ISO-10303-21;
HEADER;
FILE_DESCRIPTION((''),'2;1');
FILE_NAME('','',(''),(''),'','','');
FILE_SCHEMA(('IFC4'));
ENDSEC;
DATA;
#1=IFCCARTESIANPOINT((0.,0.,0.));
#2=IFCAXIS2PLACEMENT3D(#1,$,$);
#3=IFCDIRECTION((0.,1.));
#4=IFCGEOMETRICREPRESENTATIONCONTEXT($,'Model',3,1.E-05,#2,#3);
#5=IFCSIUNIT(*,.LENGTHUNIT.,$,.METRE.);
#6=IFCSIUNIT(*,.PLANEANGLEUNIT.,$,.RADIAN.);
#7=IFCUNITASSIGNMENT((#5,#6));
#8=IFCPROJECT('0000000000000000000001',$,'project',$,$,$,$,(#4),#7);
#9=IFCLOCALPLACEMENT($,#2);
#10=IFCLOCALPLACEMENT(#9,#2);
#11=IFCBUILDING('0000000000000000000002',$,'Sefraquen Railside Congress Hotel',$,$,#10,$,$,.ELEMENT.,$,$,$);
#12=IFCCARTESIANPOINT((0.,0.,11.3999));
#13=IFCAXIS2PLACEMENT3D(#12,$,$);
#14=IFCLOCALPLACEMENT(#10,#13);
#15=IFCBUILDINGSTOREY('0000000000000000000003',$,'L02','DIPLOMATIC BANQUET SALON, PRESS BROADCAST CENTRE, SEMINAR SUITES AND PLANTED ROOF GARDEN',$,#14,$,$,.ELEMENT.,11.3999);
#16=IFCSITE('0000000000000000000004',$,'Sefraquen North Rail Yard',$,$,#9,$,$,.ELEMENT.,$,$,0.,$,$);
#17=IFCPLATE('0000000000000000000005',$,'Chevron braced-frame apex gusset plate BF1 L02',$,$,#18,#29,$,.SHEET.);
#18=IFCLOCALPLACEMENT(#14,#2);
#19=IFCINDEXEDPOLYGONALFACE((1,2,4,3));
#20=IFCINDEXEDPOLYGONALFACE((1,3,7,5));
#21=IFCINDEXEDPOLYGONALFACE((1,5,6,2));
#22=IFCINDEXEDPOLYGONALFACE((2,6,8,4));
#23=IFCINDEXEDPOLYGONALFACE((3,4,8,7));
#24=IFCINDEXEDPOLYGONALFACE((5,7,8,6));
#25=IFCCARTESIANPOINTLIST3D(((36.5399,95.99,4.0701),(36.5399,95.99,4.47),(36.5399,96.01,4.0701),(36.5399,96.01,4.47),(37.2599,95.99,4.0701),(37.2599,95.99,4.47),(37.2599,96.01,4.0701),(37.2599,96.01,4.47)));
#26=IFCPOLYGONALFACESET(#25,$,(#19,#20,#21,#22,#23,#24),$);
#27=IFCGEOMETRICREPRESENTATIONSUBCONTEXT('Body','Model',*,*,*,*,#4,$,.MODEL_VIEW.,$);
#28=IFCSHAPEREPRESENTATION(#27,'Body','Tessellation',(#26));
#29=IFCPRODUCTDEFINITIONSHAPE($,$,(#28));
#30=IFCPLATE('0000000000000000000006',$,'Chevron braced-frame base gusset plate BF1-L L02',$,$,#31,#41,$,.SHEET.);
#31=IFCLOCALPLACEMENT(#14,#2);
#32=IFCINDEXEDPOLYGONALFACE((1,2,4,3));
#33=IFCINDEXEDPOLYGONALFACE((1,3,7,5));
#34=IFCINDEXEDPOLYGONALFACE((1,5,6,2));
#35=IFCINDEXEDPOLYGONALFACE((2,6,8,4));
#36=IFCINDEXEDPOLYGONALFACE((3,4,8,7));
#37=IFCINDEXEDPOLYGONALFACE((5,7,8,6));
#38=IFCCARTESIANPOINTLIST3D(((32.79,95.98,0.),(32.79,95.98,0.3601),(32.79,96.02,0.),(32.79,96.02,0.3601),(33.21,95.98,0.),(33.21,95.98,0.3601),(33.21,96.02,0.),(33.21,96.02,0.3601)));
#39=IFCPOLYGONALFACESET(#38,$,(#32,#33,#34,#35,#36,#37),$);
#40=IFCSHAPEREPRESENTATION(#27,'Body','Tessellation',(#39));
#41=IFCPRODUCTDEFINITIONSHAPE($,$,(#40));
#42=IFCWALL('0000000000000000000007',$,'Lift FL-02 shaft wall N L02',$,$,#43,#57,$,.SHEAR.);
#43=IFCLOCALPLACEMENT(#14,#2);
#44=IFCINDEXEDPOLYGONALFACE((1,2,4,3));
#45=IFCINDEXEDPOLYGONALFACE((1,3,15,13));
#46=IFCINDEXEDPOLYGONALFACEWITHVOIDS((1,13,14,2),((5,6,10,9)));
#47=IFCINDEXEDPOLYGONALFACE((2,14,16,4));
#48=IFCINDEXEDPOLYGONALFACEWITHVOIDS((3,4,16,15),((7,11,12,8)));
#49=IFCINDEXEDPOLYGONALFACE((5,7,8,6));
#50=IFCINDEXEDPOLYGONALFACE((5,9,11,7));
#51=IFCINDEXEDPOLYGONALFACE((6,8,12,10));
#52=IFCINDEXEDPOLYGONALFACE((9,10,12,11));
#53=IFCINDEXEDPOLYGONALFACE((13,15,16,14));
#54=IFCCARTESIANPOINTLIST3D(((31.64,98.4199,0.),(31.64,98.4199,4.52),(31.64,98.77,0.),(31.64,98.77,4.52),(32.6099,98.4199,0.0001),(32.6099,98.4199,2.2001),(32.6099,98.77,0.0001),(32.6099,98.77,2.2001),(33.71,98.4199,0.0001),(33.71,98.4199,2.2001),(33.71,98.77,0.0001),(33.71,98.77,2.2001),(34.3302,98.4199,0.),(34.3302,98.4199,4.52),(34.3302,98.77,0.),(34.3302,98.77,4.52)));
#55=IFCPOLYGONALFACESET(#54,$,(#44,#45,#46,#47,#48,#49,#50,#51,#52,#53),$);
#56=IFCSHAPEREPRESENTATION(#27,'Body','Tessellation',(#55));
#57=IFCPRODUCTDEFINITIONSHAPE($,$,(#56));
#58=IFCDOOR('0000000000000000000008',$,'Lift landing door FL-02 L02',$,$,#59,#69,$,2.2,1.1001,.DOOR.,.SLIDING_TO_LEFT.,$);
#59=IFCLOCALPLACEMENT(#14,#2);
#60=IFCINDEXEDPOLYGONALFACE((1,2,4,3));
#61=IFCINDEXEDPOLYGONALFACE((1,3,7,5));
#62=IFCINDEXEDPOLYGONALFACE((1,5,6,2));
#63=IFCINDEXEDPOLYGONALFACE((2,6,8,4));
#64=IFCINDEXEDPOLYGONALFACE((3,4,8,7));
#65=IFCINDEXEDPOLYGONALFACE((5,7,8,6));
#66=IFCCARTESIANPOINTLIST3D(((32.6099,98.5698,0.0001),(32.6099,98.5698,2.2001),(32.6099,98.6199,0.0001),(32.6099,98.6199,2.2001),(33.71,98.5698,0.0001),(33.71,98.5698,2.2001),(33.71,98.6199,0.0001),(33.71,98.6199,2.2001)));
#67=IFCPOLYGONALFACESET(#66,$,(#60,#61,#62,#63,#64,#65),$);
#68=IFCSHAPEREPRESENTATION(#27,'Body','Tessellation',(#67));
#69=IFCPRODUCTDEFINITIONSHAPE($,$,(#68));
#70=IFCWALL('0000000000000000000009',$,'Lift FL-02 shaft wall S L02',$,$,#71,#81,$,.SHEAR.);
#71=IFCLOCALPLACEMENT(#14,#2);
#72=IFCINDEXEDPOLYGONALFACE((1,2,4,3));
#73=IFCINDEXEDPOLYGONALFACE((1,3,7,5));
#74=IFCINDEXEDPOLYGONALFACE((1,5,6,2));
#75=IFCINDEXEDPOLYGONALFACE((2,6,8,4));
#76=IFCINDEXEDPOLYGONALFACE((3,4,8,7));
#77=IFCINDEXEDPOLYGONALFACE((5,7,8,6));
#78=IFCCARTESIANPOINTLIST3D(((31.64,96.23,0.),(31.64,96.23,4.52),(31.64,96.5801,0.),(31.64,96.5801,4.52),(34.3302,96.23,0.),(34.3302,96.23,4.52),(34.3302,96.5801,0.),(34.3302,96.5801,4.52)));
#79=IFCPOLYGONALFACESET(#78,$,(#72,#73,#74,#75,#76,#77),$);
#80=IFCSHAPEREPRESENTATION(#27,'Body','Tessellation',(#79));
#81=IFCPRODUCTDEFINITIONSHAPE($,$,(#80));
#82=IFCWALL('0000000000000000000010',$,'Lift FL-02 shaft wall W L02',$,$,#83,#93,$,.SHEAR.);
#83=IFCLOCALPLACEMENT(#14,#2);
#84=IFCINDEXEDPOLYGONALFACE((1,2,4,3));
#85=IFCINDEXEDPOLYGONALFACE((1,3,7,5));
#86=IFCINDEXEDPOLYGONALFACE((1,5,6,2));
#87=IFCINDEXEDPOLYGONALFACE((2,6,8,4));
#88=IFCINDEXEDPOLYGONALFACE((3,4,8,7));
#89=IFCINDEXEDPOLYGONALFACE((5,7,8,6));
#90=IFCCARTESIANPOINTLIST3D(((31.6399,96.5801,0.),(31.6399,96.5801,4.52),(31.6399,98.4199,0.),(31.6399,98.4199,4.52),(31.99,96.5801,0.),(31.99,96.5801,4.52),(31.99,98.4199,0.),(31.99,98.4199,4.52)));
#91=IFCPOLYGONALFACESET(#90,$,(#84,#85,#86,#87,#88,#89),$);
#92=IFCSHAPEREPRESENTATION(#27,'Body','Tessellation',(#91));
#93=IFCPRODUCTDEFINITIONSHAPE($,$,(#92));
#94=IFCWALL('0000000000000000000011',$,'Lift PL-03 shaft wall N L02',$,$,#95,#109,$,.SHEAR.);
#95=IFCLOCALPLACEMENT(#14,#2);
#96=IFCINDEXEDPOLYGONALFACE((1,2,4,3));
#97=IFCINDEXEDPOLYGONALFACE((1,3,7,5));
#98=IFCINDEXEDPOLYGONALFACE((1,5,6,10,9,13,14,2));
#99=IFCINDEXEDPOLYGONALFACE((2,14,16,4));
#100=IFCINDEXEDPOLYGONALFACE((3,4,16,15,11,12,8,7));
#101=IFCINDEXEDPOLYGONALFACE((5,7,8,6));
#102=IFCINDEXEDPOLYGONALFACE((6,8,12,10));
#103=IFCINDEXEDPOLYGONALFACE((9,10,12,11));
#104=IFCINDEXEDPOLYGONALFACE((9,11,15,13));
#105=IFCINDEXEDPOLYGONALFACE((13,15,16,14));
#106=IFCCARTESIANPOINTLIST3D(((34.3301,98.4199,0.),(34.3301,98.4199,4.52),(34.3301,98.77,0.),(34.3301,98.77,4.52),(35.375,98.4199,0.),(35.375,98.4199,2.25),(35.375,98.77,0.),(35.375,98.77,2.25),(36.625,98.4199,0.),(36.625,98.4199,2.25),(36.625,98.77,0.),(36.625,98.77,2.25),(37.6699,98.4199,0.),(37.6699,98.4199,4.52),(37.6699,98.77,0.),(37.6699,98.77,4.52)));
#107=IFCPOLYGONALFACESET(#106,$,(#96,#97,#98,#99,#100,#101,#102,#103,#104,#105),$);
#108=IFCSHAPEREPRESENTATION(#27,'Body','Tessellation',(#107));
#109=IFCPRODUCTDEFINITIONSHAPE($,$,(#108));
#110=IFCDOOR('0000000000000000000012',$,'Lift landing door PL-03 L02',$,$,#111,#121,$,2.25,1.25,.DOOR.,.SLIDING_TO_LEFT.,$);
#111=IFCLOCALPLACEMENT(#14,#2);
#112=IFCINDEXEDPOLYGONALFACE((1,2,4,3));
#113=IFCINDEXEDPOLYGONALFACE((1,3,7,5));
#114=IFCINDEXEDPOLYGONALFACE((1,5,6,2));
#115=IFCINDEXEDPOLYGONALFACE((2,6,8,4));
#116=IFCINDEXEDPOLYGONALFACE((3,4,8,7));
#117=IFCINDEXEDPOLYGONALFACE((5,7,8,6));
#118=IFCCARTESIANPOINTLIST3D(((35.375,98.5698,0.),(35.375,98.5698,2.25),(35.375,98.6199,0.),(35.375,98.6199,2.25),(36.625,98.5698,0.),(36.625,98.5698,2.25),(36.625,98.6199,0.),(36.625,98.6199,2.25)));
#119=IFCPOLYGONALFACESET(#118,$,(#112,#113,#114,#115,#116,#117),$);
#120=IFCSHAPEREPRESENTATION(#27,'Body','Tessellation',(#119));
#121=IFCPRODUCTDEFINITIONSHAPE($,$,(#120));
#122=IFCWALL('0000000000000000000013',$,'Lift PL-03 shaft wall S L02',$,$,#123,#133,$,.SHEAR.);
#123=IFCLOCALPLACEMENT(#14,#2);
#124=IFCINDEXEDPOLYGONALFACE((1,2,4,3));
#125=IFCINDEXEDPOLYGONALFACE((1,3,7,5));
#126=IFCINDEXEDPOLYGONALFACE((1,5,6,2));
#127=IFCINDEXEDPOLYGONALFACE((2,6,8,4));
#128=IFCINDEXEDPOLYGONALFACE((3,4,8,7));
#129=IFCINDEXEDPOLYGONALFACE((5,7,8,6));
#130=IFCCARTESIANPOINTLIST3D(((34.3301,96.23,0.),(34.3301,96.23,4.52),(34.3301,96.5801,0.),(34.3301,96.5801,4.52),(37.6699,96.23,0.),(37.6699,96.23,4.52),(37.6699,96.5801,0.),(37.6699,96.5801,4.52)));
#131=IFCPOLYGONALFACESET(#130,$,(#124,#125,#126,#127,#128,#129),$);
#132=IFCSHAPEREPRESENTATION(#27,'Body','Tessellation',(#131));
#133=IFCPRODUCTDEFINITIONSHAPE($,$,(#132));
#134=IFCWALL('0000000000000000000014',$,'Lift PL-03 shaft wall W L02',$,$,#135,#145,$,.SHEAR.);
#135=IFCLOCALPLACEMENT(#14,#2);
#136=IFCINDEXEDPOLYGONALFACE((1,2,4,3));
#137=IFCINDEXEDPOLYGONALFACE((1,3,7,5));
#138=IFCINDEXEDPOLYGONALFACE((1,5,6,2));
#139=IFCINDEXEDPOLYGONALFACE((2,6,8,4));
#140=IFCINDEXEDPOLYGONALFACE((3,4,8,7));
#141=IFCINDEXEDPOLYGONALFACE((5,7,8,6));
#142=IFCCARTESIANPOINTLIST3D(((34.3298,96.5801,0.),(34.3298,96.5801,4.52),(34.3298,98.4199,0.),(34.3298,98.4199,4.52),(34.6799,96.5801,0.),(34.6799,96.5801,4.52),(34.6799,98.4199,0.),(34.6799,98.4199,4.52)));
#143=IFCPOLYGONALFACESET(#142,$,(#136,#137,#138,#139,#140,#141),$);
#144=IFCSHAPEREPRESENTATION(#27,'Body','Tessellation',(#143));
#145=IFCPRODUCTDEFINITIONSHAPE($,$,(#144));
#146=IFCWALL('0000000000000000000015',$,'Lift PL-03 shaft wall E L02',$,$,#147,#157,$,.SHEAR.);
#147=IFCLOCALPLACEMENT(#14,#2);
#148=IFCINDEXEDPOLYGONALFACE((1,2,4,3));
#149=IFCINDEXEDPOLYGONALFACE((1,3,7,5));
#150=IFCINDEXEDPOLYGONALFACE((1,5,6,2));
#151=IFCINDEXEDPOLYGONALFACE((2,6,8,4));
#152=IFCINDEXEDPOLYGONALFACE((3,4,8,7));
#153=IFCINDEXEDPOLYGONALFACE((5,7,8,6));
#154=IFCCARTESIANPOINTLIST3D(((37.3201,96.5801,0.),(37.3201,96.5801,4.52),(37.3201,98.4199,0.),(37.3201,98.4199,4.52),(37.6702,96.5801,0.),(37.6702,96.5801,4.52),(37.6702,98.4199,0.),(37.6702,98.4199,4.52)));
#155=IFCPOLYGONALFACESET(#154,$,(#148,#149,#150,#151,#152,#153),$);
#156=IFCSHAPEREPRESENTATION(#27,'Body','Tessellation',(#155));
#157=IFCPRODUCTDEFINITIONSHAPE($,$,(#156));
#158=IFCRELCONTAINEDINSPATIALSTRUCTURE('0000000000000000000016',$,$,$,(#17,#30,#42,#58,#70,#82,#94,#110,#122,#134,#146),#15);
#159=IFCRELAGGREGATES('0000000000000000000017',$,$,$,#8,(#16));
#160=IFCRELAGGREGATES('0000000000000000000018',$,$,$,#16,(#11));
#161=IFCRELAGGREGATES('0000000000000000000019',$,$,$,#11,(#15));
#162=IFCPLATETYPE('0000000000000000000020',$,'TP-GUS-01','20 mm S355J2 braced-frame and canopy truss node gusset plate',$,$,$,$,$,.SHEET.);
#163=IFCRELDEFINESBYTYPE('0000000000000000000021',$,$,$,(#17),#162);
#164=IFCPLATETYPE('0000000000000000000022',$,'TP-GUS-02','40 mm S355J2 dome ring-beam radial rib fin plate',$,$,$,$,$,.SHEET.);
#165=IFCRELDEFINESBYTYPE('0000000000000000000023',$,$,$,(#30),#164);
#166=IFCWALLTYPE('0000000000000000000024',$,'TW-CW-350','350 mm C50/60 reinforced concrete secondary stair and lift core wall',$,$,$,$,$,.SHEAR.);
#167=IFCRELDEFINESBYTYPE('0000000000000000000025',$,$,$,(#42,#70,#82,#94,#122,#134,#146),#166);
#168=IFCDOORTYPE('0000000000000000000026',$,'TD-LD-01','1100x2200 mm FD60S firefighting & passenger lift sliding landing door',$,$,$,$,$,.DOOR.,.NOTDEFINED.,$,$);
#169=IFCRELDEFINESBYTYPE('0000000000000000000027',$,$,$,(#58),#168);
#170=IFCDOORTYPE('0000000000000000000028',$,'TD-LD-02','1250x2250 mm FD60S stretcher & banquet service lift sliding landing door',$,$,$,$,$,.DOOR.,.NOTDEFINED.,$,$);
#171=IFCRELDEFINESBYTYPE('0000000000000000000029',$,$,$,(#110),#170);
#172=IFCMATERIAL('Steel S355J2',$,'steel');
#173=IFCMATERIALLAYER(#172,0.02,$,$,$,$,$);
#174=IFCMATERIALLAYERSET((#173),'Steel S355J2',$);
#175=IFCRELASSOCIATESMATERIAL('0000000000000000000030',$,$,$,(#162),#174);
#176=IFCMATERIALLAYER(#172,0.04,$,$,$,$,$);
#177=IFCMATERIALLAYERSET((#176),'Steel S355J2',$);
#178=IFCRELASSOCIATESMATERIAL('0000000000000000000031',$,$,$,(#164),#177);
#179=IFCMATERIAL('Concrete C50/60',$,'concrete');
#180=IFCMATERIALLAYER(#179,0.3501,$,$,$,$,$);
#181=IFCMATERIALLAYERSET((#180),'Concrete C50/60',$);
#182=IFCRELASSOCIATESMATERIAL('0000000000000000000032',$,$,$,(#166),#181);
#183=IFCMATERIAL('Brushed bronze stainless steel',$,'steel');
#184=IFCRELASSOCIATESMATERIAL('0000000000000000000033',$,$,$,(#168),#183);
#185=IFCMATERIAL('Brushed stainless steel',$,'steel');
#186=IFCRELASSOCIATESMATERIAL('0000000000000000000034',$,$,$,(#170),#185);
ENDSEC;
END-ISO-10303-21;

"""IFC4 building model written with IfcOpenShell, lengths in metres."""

from ifc_helpers import new_model, si_unit, direction, frame, frame_2d, origin, origin_2d, place, context, subcontext, project, spatial, rectangle, extrude, material, layer, layer_set, type_object, element, fill, save


model = new_model("IFC4")

# Units and contexts
model_context = context("Model", 3, precision=1e-05, world=origin(), true_north=direction((0.0, 1.0)))
body_context = subcontext(model_context, "Body", "Model", "MODEL_VIEW")
ifc_project = project(units=[si_unit("LENGTHUNIT", "METRE"), si_unit("PLANEANGLEUNIT", "RADIAN")], contexts=[model_context])

# Site, building, storey
site_placement = place(None, origin())
site = spatial("IfcSite", under=ifc_project, at=site_placement, Name="Sefraquen North Rail Yard", CompositionType="ELEMENT", RefElevation=0.0)
building_placement = place(site_placement, origin())
building = spatial("IfcBuilding", under=site, at=building_placement, Name="Sefraquen Railside Congress Hotel", CompositionType="ELEMENT")
storey_placement = place(building_placement, frame((0.0, 0.0, 11.3999)))
storey = spatial("IfcBuildingStorey", under=building, at=storey_placement, Name="L02", Description="DIPLOMATIC BANQUET SALON, PRESS BROADCAST CENTRE, SEMINAR SUITES AND PLANTED ROOF GARDEN", CompositionType="ELEMENT", Elevation=11.3999)

# Shared definitions
ifc_material_1 = material(Name="Steel S355J2", Category="steel")

# Plates
ifc_layer_1 = layer(ifc_material_1, 0.02)
ifc_layer_set_1 = layer_set([ifc_layer_1], Name="Steel S355J2")
plate_type_1 = type_object("IfcPlateType", Name="TP-GUS-01", Description="20 mm S355J2 braced-frame and canopy truss node gusset plate", PredefinedType="SHEET", material=ifc_layer_set_1)
plate_1_placement = place(storey_placement, frame((36.8999, 96.0, 4.0701), z_axis=(0.0, 0.0, 1.0), x_axis=(1.0, 0.0, 0.0)))
element("IfcPlate", 1, at=plate_1_placement, inside=storey, type_object=plate_type_1, Name="Chevron braced-frame apex gusset plate BF1 L02", PredefinedType="SHEET", context=body_context, shape_type="SweptSolid", body=[
    extrude(rectangle(XDim=0.72, YDim=0.02, at=origin_2d()), origin(), (0.0, 0.0, 1.0), 0.3999),
])
ifc_layer_2 = layer(ifc_material_1, 0.04)
ifc_layer_set_2 = layer_set([ifc_layer_2], Name="Steel S355J2")
plate_type_2 = type_object("IfcPlateType", Name="TP-GUS-02", Description="40 mm S355J2 dome ring-beam radial rib fin plate", PredefinedType="SHEET", material=ifc_layer_set_2)
plate_2_placement = place(storey_placement, frame((33.0, 96.0, 0.0), z_axis=(0.0, 0.0, 1.0), x_axis=(1.0, 0.0, 0.0)))
element("IfcPlate", 2, at=plate_2_placement, inside=storey, type_object=plate_type_2, Name="Chevron braced-frame base gusset plate BF1-L L02", PredefinedType="SHEET", context=body_context, shape_type="SweptSolid", body=[
    extrude(rectangle(XDim=0.4199, YDim=0.04, at=origin_2d()), origin(), (0.0, 0.0, 1.0), 0.3601),
])

# Wall, opening, door
ifc_material_2 = material(Name="Concrete C50/60", Category="concrete")
ifc_layer_3 = layer(ifc_material_2, 0.3501)
ifc_layer_set_3 = layer_set([ifc_layer_3], Name="Concrete C50/60")
wall_type_1 = type_object("IfcWallType", Name="TW-CW-350", Description="350 mm C50/60 reinforced concrete secondary stair and lift core wall", PredefinedType="SHEAR", material=ifc_layer_set_3)
wall_1_placement = place(storey_placement, frame((31.6399, 98.595, 0.0), z_axis=(0.0, 0.0, 1.0), x_axis=(1.0, 0.0, 0.0)))
wall_1 = element("IfcWall", 3, at=wall_1_placement, inside=storey, type_object=wall_type_1, Name="Lift FL-02 shaft wall N L02", PredefinedType="SHEAR", context=body_context, shape_type="SweptSolid", body=[
    extrude(rectangle(XDim=2.6902, YDim=0.3501, at=frame_2d((1.3452, 0.0))), origin(), (0.0, 0.0, 1.0), 4.52),
])
opening_1_placement = place(wall_1_placement, frame((0.97, 0.0, 0.0)))
opening_1 = element("IfcOpeningElement", 4, at=opening_1_placement, cuts=wall_1, PredefinedType="OPENING", context=body_context, shape_type="SweptSolid", body=[
    extrude(rectangle(XDim=1.1001, YDim=2.2, at=frame_2d((0.55, 1.1001))), frame((0.0, 0.1851, 0.0), z_axis=(0.0, -1.0, 0.0), x_axis=(1.0, 0.0, 0.0)), (0.0, 0.0, 1.0), 0.3701),
])
ifc_material_3 = material(Name="Brushed bronze stainless steel", Category="steel")
door_type_1 = type_object("IfcDoorType", Name="TD-LD-01", Description="1100x2200 mm FD60S firefighting & passenger lift sliding landing door", OperationType="NOTDEFINED", PredefinedType="DOOR", material=ifc_material_3)
door_1_placement = place(opening_1_placement, origin())
door_1 = element("IfcDoor", 5, at=door_1_placement, inside=storey, type_object=door_type_1, Name="Lift landing door FL-02 L02", OperationType="SLIDING_TO_LEFT", OverallHeight=2.2, OverallWidth=1.1001, PredefinedType="DOOR", context=body_context, shape_type="SweptSolid", body=[
    extrude(rectangle(XDim=1.1001, YDim=2.2, at=frame_2d((0.55, 1.1001))), frame((0.0, 0.0249, 0.0), z_axis=(0.0, -1.0, 0.0), x_axis=(1.0, 0.0, 0.0)), (0.0, 0.0, 1.0), 0.05),
])
fill(opening_1, door_1)

# Walls
wall_2_placement = place(storey_placement, frame((31.6399, 96.405, 0.0), z_axis=(0.0, 0.0, 1.0), x_axis=(1.0, 0.0, 0.0)))
element("IfcWall", 6, at=wall_2_placement, inside=storey, type_object=wall_type_1, Name="Lift FL-02 shaft wall S L02", PredefinedType="SHEAR", context=body_context, shape_type="SweptSolid", body=[
    extrude(rectangle(XDim=2.6902, YDim=0.3501, at=frame_2d((1.3452, 0.0))), origin(), (0.0, 0.0, 1.0), 4.52),
])
wall_3_placement = place(storey_placement, frame((31.8149, 96.5801, 0.0), z_axis=(0.0, 0.0, 1.0), x_axis=(0.0, 1.0, 0.0)))
element("IfcWall", 7, at=wall_3_placement, inside=storey, type_object=wall_type_1, Name="Lift FL-02 shaft wall W L02", PredefinedType="SHEAR", context=body_context, shape_type="SweptSolid", body=[
    extrude(rectangle(XDim=1.8398, YDim=0.3501, at=frame_2d((0.9199, 0.0))), origin(), (0.0, 0.0, 1.0), 4.52),
])

# Wall, opening, door
wall_4_placement = place(storey_placement, frame((34.3301, 98.595, 0.0), z_axis=(0.0, 0.0, 1.0), x_axis=(1.0, 0.0, 0.0)))
wall_4 = element("IfcWall", 8, at=wall_4_placement, inside=storey, type_object=wall_type_1, Name="Lift PL-03 shaft wall N L02", PredefinedType="SHEAR", context=body_context, shape_type="SweptSolid", body=[
    extrude(rectangle(XDim=3.3398, YDim=0.3501, at=frame_2d((1.6699, 0.0))), origin(), (0.0, 0.0, 1.0), 4.52),
])
opening_2_placement = place(wall_4_placement, frame((1.0449, 0.0, 0.0)))
opening_2 = element("IfcOpeningElement", 9, at=opening_2_placement, cuts=wall_4, PredefinedType="OPENING", context=body_context, shape_type="SweptSolid", body=[
    extrude(rectangle(XDim=1.25, YDim=2.25, at=frame_2d((0.625, 1.125))), frame((0.0, 0.1851, 0.0), z_axis=(0.0, -1.0, 0.0), x_axis=(1.0, 0.0, 0.0)), (0.0, 0.0, 1.0), 0.3701),
])
ifc_material_4 = material(Name="Brushed stainless steel", Category="steel")
door_type_2 = type_object("IfcDoorType", Name="TD-LD-02", Description="1250x2250 mm FD60S stretcher & banquet service lift sliding landing door", OperationType="NOTDEFINED", PredefinedType="DOOR", material=ifc_material_4)
door_2_placement = place(opening_2_placement, origin())
door_2 = element("IfcDoor", 10, at=door_2_placement, inside=storey, type_object=door_type_2, Name="Lift landing door PL-03 L02", OperationType="SLIDING_TO_LEFT", OverallHeight=2.25, OverallWidth=1.25, PredefinedType="DOOR", context=body_context, shape_type="SweptSolid", body=[
    extrude(rectangle(XDim=1.25, YDim=2.25, at=frame_2d((0.625, 1.125))), frame((0.0, 0.0249, 0.0), z_axis=(0.0, -1.0, 0.0), x_axis=(1.0, 0.0, 0.0)), (0.0, 0.0, 1.0), 0.05),
])
fill(opening_2, door_2)

# Walls
wall_5_placement = place(storey_placement, frame((34.3301, 96.405, 0.0), z_axis=(0.0, 0.0, 1.0), x_axis=(1.0, 0.0, 0.0)))
element("IfcWall", 11, at=wall_5_placement, inside=storey, type_object=wall_type_1, Name="Lift PL-03 shaft wall S L02", PredefinedType="SHEAR", context=body_context, shape_type="SweptSolid", body=[
    extrude(rectangle(XDim=3.3398, YDim=0.3501, at=frame_2d((1.6699, 0.0))), origin(), (0.0, 0.0, 1.0), 4.52),
])
for number, where, z_axis, x_axis, name in (
    (12, (34.5049, 96.5801, 0.0), (0.0, 0.0, 1.0), (0.0, 1.0, 0.0), "Lift PL-03 shaft wall W L02"),
    (13, (37.4951, 96.5801, 0.0), (0.0, 0.0, 1.0), (0.0, 1.0, 0.0), "Lift PL-03 shaft wall E L02"),
):
    element("IfcWall", number, at=place(storey_placement, frame(where, z_axis=z_axis, x_axis=x_axis)), inside=storey, type_object=wall_type_1, Name=name, PredefinedType="SHEAR", context=body_context, shape_type="SweptSolid", body=[
        extrude(rectangle(XDim=1.8398, YDim=0.3501, at=frame_2d((0.9199, 0.0))), origin(), (0.0, 0.0, 1.0), 4.52),
    ])

save(model, "model.ifc")
